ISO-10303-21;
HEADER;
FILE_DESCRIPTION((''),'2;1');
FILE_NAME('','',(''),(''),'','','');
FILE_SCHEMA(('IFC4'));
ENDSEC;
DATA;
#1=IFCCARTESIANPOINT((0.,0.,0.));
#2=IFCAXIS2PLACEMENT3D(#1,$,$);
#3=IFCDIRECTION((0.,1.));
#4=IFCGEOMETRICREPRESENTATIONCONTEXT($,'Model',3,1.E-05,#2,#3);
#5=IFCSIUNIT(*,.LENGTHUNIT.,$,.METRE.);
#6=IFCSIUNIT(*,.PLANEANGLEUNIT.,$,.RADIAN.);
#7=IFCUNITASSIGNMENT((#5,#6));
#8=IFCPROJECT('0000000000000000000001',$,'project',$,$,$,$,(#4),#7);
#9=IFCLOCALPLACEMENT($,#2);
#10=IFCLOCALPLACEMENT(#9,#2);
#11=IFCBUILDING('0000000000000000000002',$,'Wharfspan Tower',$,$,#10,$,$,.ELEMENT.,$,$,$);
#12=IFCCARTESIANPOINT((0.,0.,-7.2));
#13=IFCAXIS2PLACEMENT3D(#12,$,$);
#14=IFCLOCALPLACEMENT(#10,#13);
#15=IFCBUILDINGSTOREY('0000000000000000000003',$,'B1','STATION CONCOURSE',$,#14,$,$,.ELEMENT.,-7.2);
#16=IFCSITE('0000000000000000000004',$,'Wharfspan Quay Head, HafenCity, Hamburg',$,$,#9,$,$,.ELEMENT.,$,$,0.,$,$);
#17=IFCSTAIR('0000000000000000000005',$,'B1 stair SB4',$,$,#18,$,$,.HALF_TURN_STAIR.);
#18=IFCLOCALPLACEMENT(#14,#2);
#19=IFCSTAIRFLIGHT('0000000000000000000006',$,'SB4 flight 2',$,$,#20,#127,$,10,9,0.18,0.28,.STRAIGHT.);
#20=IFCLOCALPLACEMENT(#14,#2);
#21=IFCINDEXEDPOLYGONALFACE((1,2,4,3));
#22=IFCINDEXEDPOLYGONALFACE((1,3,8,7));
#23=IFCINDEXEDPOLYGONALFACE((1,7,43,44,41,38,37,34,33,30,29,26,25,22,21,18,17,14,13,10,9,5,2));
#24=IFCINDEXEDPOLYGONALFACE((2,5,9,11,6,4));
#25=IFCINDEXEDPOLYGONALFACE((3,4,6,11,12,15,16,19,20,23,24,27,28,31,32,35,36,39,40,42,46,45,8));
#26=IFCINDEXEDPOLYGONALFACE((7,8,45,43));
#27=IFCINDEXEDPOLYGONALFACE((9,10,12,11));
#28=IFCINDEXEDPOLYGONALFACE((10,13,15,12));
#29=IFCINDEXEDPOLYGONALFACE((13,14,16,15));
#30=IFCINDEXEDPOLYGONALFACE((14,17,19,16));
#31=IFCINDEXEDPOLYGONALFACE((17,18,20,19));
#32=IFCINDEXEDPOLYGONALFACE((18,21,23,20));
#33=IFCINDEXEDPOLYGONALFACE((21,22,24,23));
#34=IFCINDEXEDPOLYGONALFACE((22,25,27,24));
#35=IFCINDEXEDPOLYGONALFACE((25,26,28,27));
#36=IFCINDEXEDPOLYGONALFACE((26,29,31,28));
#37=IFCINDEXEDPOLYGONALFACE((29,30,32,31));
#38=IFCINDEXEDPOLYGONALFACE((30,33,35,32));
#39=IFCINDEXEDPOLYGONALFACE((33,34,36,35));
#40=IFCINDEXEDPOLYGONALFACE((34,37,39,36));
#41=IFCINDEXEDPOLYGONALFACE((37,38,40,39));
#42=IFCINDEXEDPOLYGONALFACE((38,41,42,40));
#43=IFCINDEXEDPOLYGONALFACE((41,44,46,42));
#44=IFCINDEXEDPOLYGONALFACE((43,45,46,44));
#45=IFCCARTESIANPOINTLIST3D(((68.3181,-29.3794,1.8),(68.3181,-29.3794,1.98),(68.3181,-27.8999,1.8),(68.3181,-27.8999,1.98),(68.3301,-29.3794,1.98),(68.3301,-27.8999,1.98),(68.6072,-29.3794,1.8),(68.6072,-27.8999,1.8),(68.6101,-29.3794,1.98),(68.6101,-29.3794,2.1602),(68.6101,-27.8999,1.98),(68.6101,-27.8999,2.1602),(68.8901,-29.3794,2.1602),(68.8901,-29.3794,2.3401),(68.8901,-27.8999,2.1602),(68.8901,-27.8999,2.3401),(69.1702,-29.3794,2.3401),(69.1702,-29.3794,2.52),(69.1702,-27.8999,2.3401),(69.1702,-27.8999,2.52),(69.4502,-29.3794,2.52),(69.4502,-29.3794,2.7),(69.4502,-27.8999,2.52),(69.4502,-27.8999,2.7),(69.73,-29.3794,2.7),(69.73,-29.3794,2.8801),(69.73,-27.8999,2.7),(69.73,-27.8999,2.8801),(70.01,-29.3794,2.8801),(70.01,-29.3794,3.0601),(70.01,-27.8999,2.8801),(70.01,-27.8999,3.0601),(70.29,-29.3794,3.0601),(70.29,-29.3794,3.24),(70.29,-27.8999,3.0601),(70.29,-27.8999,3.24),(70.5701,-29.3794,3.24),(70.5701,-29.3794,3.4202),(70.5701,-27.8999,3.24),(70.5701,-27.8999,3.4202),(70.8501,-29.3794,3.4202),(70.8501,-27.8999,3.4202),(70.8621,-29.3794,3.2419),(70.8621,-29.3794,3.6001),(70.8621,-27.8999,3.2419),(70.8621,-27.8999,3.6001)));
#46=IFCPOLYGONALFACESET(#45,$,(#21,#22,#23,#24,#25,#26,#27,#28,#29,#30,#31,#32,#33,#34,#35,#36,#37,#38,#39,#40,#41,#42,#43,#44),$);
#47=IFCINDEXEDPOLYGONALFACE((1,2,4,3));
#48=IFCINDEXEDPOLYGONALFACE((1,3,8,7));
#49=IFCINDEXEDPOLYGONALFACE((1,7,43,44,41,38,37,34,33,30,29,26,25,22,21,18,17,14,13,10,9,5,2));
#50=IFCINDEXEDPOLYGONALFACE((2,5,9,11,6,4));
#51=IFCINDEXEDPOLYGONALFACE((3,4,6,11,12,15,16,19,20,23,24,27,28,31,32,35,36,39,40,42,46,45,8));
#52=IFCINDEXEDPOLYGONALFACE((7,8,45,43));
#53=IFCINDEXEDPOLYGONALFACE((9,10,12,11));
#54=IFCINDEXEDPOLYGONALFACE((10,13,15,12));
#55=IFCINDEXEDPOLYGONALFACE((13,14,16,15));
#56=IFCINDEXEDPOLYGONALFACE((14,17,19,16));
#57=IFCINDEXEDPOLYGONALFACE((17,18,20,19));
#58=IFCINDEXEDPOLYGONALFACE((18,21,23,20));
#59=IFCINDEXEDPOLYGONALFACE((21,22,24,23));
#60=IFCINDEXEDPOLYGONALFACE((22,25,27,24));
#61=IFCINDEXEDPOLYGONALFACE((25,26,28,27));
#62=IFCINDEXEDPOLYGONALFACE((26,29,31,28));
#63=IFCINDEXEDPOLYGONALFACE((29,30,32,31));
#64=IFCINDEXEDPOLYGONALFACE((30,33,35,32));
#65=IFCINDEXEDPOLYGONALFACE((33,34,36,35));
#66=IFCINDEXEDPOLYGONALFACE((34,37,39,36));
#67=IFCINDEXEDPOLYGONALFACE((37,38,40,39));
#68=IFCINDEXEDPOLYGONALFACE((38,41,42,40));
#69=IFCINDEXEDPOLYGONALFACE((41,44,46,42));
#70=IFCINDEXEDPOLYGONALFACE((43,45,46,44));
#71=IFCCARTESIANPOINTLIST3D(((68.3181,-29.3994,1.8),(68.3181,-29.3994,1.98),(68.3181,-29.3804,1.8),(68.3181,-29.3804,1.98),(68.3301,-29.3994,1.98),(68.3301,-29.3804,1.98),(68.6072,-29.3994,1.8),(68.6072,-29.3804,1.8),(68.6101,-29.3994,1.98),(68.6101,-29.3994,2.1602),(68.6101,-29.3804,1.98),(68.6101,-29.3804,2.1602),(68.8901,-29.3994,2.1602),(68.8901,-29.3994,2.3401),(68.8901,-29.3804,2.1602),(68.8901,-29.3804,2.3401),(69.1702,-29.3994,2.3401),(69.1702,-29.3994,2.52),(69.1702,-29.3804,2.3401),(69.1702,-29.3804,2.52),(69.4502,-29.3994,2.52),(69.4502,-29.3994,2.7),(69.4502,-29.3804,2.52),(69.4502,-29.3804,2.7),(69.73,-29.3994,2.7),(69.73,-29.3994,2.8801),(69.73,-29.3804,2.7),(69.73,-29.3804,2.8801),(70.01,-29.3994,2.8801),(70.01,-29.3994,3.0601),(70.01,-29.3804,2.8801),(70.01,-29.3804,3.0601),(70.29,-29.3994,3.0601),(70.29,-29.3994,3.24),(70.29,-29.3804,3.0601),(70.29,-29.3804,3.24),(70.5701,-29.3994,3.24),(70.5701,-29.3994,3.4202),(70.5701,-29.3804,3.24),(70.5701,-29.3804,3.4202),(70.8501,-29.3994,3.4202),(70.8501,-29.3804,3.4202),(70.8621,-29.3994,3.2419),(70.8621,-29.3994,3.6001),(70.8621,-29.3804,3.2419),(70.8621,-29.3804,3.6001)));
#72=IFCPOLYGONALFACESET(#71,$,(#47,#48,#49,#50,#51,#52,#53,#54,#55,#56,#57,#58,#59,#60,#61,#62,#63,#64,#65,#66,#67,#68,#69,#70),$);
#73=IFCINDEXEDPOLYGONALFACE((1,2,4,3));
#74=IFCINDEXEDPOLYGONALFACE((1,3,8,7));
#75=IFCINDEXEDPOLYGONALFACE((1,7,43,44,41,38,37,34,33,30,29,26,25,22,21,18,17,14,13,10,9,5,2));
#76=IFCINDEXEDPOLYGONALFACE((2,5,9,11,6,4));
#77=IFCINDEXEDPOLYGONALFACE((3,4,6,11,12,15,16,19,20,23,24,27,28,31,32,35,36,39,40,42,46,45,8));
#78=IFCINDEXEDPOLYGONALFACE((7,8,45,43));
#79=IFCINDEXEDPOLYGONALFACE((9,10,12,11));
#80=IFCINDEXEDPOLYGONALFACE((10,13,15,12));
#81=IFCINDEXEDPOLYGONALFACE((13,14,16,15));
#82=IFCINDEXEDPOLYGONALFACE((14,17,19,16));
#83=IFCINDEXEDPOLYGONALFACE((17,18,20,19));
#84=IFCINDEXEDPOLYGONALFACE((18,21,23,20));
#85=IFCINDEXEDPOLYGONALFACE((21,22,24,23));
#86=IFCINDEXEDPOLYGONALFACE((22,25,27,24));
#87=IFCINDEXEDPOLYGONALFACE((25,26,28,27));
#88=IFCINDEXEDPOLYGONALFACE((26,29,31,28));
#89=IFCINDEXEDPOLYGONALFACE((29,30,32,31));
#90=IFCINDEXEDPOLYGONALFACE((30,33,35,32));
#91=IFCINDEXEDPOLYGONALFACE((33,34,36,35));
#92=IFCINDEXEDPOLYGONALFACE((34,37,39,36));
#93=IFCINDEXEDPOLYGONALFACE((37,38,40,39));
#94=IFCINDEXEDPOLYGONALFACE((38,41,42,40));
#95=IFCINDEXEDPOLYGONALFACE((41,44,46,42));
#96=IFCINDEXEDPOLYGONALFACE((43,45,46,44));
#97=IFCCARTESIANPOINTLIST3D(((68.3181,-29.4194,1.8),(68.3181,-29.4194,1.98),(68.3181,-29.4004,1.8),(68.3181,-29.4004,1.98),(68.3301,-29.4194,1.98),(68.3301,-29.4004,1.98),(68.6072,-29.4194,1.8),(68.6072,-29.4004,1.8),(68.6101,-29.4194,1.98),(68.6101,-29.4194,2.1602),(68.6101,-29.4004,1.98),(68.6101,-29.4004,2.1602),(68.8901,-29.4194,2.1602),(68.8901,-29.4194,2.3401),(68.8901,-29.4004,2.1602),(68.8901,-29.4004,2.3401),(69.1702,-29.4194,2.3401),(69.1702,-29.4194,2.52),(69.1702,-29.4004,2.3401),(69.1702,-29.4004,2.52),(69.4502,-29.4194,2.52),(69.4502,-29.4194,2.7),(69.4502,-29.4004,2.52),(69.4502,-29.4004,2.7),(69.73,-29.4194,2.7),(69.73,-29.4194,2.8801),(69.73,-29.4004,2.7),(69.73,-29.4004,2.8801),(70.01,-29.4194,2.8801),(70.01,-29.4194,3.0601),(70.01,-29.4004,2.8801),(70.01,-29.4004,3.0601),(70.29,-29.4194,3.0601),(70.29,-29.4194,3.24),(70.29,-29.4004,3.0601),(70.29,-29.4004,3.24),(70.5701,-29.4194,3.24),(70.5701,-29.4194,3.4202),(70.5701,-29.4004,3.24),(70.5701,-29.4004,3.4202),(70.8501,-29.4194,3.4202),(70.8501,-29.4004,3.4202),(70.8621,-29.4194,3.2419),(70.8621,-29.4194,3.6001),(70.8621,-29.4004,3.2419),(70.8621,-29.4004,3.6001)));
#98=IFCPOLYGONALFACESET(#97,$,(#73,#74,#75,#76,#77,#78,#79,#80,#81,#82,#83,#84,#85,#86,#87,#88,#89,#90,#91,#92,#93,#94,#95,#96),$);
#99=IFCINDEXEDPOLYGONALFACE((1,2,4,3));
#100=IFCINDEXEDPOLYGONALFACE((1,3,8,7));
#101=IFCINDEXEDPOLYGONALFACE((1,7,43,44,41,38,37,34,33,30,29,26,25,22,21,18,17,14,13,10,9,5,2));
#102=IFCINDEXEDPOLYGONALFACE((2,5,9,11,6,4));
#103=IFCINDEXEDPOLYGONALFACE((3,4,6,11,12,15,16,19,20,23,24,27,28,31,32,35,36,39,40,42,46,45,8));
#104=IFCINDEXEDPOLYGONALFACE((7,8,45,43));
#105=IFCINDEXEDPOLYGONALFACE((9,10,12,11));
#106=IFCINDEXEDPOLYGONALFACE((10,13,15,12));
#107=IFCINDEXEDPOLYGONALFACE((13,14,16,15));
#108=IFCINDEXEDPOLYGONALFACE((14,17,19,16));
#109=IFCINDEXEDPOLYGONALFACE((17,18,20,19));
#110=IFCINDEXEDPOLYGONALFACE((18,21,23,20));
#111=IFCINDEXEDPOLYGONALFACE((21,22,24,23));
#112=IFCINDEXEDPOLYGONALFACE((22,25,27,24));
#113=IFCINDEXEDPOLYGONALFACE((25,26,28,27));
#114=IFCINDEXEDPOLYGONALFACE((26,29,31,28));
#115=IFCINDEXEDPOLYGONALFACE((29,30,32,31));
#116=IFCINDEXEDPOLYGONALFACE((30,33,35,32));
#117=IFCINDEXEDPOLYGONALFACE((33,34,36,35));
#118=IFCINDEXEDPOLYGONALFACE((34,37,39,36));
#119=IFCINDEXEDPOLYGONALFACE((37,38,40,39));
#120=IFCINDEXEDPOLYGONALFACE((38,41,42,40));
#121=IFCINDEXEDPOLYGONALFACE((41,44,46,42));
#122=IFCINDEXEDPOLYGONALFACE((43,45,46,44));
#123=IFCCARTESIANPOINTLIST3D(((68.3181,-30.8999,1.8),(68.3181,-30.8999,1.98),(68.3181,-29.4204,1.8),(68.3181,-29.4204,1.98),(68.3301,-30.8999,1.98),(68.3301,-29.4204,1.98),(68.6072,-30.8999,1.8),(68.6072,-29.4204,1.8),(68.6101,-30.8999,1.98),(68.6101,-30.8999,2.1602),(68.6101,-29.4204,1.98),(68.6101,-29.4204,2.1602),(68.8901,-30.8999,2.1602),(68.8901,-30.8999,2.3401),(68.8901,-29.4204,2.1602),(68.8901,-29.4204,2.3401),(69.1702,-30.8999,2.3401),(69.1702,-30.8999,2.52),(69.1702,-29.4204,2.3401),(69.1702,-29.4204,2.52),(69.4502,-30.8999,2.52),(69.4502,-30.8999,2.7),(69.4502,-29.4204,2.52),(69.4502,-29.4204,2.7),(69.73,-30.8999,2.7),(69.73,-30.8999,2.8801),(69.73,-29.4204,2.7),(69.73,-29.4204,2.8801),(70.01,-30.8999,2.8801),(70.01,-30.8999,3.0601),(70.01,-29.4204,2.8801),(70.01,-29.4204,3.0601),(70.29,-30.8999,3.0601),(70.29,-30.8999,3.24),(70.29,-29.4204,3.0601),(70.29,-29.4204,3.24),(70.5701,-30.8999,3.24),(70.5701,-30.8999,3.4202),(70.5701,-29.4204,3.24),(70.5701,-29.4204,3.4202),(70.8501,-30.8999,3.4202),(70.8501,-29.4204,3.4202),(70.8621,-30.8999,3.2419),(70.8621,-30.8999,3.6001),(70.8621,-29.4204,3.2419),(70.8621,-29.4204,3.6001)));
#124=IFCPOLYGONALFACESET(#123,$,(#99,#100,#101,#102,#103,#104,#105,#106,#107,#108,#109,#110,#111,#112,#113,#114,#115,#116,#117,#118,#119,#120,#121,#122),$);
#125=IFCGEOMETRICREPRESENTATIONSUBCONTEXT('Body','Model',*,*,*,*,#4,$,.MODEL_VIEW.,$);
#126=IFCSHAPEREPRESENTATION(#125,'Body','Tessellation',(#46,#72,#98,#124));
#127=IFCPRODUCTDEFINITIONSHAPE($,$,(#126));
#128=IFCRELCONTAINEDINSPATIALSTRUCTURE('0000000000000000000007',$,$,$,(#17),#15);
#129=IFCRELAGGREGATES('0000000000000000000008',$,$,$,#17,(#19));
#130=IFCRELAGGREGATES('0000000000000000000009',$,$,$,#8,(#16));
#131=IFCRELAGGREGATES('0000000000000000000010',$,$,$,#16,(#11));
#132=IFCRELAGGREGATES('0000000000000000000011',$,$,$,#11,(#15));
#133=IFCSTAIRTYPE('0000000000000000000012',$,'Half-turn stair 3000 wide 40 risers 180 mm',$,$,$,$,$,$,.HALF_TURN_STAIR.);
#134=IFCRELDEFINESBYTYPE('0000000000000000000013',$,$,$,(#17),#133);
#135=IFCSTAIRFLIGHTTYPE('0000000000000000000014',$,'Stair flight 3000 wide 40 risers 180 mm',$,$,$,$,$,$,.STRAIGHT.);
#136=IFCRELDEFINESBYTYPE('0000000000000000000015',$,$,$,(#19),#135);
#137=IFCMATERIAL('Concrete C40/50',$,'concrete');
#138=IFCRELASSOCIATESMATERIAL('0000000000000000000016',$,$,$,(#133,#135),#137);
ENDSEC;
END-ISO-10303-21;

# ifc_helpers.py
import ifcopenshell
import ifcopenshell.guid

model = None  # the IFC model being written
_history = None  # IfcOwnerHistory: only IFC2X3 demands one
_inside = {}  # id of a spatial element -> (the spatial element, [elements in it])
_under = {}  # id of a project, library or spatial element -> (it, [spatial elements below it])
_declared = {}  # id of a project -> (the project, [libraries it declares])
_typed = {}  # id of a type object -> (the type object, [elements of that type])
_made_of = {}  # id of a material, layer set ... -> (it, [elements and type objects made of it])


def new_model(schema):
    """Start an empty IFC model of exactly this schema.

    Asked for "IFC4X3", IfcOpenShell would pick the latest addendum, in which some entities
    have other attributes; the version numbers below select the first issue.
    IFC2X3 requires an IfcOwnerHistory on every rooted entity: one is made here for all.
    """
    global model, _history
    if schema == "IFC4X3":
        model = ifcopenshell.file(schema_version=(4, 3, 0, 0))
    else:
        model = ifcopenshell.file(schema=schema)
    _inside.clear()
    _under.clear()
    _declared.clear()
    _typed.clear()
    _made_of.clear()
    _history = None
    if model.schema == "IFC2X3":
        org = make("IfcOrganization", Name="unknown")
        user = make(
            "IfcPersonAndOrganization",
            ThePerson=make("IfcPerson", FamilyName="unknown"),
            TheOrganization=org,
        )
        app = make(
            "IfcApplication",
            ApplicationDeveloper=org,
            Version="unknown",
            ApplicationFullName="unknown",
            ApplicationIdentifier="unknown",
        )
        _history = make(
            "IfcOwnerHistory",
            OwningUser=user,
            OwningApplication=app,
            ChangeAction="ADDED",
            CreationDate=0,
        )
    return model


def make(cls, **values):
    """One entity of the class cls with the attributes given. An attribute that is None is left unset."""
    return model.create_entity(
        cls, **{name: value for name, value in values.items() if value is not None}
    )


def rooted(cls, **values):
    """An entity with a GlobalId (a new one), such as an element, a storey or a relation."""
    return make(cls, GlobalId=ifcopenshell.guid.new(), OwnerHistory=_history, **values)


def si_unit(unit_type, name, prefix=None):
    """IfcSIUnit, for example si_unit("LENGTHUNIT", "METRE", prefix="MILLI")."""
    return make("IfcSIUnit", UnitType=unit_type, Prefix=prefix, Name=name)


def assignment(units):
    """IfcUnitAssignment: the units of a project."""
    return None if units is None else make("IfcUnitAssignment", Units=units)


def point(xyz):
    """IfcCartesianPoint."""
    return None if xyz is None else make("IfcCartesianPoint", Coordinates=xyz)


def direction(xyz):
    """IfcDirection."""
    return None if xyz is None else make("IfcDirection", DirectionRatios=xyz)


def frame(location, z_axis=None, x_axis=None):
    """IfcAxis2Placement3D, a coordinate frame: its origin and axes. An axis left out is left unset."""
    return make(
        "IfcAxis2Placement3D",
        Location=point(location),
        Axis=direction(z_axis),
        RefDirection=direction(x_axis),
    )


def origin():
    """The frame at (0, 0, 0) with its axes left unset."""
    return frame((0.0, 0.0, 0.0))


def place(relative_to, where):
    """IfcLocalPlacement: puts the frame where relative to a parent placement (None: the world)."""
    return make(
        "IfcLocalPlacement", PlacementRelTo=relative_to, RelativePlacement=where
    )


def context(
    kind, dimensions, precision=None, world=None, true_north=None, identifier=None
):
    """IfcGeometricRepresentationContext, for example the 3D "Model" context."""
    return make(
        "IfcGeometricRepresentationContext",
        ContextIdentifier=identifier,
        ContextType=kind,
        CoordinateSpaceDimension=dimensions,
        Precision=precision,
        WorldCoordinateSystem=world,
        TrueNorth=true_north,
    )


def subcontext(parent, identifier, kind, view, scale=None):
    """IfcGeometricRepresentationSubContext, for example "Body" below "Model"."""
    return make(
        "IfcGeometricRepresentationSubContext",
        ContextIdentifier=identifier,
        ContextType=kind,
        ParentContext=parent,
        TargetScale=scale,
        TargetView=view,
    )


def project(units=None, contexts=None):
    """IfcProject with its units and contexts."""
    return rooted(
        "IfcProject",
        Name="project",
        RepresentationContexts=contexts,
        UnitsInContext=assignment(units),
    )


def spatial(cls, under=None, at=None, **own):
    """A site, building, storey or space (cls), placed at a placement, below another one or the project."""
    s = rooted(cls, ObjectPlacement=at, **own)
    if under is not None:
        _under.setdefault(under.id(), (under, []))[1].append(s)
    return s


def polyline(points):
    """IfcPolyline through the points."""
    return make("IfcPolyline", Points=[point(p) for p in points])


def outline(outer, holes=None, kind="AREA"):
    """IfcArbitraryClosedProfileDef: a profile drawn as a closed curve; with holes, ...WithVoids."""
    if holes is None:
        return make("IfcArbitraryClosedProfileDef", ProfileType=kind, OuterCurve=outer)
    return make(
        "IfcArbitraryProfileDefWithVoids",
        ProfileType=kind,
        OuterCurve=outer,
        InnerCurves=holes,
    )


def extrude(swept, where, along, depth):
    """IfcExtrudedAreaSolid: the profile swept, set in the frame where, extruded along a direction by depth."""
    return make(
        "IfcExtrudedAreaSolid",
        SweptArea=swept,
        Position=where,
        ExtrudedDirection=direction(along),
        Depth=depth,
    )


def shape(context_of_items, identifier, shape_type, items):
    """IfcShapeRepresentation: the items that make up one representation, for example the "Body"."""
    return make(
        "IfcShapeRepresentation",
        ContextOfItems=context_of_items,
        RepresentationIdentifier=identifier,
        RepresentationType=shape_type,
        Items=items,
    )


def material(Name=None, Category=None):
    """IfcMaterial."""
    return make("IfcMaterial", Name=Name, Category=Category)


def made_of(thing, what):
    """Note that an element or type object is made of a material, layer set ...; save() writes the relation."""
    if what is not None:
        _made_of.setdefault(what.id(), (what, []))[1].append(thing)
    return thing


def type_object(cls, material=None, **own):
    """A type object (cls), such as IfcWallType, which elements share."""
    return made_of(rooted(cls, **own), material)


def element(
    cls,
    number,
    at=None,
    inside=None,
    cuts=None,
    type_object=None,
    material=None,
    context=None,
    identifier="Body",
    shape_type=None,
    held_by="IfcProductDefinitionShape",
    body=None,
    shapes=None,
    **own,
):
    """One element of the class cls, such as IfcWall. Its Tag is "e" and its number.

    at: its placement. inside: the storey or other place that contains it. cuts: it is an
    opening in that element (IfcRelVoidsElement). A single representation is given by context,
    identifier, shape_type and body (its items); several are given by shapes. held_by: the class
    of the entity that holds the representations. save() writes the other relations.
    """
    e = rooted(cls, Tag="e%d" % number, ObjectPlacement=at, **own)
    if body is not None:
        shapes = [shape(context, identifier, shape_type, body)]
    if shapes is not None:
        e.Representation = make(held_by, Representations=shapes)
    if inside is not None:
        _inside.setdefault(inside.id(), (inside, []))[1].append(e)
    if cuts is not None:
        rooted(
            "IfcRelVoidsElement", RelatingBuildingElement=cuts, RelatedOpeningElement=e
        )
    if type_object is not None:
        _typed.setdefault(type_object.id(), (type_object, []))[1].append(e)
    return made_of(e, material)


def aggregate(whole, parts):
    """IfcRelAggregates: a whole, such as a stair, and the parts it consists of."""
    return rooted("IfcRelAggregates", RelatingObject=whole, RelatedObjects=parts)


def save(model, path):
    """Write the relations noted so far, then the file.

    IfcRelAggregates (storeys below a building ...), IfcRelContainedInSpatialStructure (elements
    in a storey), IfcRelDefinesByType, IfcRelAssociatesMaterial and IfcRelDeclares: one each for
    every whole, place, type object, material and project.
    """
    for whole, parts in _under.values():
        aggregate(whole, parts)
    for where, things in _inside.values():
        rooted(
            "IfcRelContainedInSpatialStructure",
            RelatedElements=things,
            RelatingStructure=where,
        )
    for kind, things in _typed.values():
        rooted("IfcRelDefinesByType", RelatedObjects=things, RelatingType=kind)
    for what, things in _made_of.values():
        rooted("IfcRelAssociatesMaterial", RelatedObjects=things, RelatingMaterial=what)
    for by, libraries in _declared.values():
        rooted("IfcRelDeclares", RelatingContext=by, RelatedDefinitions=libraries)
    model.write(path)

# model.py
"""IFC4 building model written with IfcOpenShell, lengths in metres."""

from ifc_helpers import new_model, si_unit, direction, frame, origin, place, context, subcontext, project, spatial, polyline, outline, extrude, material, type_object, element, aggregate, save


model = new_model("IFC4")

# Units and contexts
model_context = context("Model", 3, precision=1e-05, world=origin(), true_north=direction((0.0, 1.0)))
body_context = subcontext(model_context, "Body", "Model", "MODEL_VIEW")
ifc_project = project(units=[si_unit("LENGTHUNIT", "METRE"), si_unit("PLANEANGLEUNIT", "RADIAN")], contexts=[model_context])

# Site, building, storey
site_placement = place(None, origin())
site = spatial("IfcSite", under=ifc_project, at=site_placement, Name="Wharfspan Quay Head, HafenCity, Hamburg", CompositionType="ELEMENT", RefElevation=0.0)
building_placement = place(site_placement, origin())
building = spatial("IfcBuilding", under=site, at=building_placement, Name="Wharfspan Tower", CompositionType="ELEMENT")
storey_placement = place(building_placement, frame((0.0, 0.0, -7.2)))
storey = spatial("IfcBuildingStorey", under=building, at=storey_placement, Name="B1", Description="STATION CONCOURSE", CompositionType="ELEMENT", Elevation=-7.2)

# Shared definitions
ifc_material_1 = material(Name="Concrete C40/50", Category="concrete")

# Stair, stair flight
stair_type = type_object("IfcStairType", Name="Half-turn stair 3000 wide 40 risers 180 mm", PredefinedType="HALF_TURN_STAIR", material=ifc_material_1)
stair_placement = place(storey_placement, origin())
stair = element("IfcStair", 1, at=stair_placement, inside=storey, type_object=stair_type, Name="B1 stair SB4", PredefinedType="HALF_TURN_STAIR")
stair_flight_type = type_object("IfcStairFlightType", Name="Stair flight 3000 wide 40 risers 180 mm", PredefinedType="STRAIGHT", material=ifc_material_1)
stair_flight_1_placement = place(storey_placement, frame((68.3301, -29.3999, 1.8), z_axis=(0.0, 0.0, 1.0), x_axis=(1.0, 0.0, 0.0)))
stair_flight_1 = element("IfcStairFlight", 2, at=stair_flight_1_placement, type_object=stair_flight_type, Name="SB4 flight 2", NumberOfRisers=10, NumberOfTreads=9, PredefinedType="STRAIGHT", RiserHeight=0.18, TreadLength=0.28, context=body_context, shape_type="SweptSolid", body=[
    extrude(outline(polyline([(-0.012, 0.0), (-0.012, 0.1799), (0.0, 0.1799), (0.28, 0.1799), (0.28, 0.3601), (0.5601, 0.3601), (0.5601, 0.54), (0.8401, 0.54), (0.8401, 0.72), (1.1201, 0.72), (1.1201, 0.8999), (1.3999, 0.8999), (1.3999, 1.0801), (1.6799, 1.0801), (1.6799, 1.26), (1.96, 1.26), (1.96, 1.4399), (2.24, 1.4399), (2.24, 1.6201), (2.52, 1.6201), (2.532, 1.8), (2.532, 1.4419), (0.2771, 0.0), (-0.012, 0.0)])), frame((0.0, 1.5, 0.0), z_axis=(0.0, -1.0, 0.0), x_axis=(1.0, 0.0, 0.0)), (0.0, 0.0, 1.0), 1.4795),
    extrude(outline(polyline([(-0.012, 0.0), (-0.012, 0.1799), (0.0, 0.1799), (0.28, 0.1799), (0.28, 0.3601), (0.5601, 0.3601), (0.5601, 0.54), (0.8401, 0.54), (0.8401, 0.72), (1.1201, 0.72), (1.1201, 0.8999), (1.3999, 0.8999), (1.3999, 1.0801), (1.6799, 1.0801), (1.6799, 1.26), (1.96, 1.26), (1.96, 1.4399), (2.24, 1.4399), (2.24, 1.6201), (2.52, 1.6201), (2.532, 1.8), (2.532, 1.4419), (0.2771, 0.0), (-0.012, 0.0)])), frame((0.0, 0.0195, 0.0), z_axis=(0.0, -1.0, 0.0), x_axis=(1.0, 0.0, 0.0)), (0.0, 0.0, 1.0), 0.019),
    extrude(outline(polyline([(-0.012, 0.0), (-0.012, 0.1799), (0.0, 0.1799), (0.28, 0.1799), (0.28, 0.3601), (0.5601, 0.3601), (0.5601, 0.54), (0.8401, 0.54), (0.8401, 0.72), (1.1201, 0.72), (1.1201, 0.8999), (1.3999, 0.8999), (1.3999, 1.0801), (1.6799, 1.0801), (1.6799, 1.26), (1.96, 1.26), (1.96, 1.4399), (2.24, 1.4399), (2.24, 1.6201), (2.52, 1.6201), (2.532, 1.8), (2.532, 1.4419), (0.2771, 0.0), (-0.012, 0.0)])), frame((0.0, -0.0005, 0.0), z_axis=(0.0, -1.0, 0.0), x_axis=(1.0, 0.0, 0.0)), (0.0, 0.0, 1.0), 0.019),
    extrude(outline(polyline([(-0.012, 0.0), (-0.012, 0.1799), (0.0, 0.1799), (0.28, 0.1799), (0.28, 0.3601), (0.5601, 0.3601), (0.5601, 0.54), (0.8401, 0.54), (0.8401, 0.72), (1.1201, 0.72), (1.1201, 0.8999), (1.3999, 0.8999), (1.3999, 1.0801), (1.6799, 1.0801), (1.6799, 1.26), (1.96, 1.26), (1.96, 1.4399), (2.24, 1.4399), (2.24, 1.6201), (2.52, 1.6201), (2.532, 1.8), (2.532, 1.4419), (0.2771, 0.0), (-0.012, 0.0)])), frame((0.0, -0.0205, 0.0), z_axis=(0.0, -1.0, 0.0), x_axis=(1.0, 0.0, 0.0)), (0.0, 0.0, 1.0), 1.4795),
])
aggregate(stair, [stair_flight_1])

save(model, "model.ifc")
